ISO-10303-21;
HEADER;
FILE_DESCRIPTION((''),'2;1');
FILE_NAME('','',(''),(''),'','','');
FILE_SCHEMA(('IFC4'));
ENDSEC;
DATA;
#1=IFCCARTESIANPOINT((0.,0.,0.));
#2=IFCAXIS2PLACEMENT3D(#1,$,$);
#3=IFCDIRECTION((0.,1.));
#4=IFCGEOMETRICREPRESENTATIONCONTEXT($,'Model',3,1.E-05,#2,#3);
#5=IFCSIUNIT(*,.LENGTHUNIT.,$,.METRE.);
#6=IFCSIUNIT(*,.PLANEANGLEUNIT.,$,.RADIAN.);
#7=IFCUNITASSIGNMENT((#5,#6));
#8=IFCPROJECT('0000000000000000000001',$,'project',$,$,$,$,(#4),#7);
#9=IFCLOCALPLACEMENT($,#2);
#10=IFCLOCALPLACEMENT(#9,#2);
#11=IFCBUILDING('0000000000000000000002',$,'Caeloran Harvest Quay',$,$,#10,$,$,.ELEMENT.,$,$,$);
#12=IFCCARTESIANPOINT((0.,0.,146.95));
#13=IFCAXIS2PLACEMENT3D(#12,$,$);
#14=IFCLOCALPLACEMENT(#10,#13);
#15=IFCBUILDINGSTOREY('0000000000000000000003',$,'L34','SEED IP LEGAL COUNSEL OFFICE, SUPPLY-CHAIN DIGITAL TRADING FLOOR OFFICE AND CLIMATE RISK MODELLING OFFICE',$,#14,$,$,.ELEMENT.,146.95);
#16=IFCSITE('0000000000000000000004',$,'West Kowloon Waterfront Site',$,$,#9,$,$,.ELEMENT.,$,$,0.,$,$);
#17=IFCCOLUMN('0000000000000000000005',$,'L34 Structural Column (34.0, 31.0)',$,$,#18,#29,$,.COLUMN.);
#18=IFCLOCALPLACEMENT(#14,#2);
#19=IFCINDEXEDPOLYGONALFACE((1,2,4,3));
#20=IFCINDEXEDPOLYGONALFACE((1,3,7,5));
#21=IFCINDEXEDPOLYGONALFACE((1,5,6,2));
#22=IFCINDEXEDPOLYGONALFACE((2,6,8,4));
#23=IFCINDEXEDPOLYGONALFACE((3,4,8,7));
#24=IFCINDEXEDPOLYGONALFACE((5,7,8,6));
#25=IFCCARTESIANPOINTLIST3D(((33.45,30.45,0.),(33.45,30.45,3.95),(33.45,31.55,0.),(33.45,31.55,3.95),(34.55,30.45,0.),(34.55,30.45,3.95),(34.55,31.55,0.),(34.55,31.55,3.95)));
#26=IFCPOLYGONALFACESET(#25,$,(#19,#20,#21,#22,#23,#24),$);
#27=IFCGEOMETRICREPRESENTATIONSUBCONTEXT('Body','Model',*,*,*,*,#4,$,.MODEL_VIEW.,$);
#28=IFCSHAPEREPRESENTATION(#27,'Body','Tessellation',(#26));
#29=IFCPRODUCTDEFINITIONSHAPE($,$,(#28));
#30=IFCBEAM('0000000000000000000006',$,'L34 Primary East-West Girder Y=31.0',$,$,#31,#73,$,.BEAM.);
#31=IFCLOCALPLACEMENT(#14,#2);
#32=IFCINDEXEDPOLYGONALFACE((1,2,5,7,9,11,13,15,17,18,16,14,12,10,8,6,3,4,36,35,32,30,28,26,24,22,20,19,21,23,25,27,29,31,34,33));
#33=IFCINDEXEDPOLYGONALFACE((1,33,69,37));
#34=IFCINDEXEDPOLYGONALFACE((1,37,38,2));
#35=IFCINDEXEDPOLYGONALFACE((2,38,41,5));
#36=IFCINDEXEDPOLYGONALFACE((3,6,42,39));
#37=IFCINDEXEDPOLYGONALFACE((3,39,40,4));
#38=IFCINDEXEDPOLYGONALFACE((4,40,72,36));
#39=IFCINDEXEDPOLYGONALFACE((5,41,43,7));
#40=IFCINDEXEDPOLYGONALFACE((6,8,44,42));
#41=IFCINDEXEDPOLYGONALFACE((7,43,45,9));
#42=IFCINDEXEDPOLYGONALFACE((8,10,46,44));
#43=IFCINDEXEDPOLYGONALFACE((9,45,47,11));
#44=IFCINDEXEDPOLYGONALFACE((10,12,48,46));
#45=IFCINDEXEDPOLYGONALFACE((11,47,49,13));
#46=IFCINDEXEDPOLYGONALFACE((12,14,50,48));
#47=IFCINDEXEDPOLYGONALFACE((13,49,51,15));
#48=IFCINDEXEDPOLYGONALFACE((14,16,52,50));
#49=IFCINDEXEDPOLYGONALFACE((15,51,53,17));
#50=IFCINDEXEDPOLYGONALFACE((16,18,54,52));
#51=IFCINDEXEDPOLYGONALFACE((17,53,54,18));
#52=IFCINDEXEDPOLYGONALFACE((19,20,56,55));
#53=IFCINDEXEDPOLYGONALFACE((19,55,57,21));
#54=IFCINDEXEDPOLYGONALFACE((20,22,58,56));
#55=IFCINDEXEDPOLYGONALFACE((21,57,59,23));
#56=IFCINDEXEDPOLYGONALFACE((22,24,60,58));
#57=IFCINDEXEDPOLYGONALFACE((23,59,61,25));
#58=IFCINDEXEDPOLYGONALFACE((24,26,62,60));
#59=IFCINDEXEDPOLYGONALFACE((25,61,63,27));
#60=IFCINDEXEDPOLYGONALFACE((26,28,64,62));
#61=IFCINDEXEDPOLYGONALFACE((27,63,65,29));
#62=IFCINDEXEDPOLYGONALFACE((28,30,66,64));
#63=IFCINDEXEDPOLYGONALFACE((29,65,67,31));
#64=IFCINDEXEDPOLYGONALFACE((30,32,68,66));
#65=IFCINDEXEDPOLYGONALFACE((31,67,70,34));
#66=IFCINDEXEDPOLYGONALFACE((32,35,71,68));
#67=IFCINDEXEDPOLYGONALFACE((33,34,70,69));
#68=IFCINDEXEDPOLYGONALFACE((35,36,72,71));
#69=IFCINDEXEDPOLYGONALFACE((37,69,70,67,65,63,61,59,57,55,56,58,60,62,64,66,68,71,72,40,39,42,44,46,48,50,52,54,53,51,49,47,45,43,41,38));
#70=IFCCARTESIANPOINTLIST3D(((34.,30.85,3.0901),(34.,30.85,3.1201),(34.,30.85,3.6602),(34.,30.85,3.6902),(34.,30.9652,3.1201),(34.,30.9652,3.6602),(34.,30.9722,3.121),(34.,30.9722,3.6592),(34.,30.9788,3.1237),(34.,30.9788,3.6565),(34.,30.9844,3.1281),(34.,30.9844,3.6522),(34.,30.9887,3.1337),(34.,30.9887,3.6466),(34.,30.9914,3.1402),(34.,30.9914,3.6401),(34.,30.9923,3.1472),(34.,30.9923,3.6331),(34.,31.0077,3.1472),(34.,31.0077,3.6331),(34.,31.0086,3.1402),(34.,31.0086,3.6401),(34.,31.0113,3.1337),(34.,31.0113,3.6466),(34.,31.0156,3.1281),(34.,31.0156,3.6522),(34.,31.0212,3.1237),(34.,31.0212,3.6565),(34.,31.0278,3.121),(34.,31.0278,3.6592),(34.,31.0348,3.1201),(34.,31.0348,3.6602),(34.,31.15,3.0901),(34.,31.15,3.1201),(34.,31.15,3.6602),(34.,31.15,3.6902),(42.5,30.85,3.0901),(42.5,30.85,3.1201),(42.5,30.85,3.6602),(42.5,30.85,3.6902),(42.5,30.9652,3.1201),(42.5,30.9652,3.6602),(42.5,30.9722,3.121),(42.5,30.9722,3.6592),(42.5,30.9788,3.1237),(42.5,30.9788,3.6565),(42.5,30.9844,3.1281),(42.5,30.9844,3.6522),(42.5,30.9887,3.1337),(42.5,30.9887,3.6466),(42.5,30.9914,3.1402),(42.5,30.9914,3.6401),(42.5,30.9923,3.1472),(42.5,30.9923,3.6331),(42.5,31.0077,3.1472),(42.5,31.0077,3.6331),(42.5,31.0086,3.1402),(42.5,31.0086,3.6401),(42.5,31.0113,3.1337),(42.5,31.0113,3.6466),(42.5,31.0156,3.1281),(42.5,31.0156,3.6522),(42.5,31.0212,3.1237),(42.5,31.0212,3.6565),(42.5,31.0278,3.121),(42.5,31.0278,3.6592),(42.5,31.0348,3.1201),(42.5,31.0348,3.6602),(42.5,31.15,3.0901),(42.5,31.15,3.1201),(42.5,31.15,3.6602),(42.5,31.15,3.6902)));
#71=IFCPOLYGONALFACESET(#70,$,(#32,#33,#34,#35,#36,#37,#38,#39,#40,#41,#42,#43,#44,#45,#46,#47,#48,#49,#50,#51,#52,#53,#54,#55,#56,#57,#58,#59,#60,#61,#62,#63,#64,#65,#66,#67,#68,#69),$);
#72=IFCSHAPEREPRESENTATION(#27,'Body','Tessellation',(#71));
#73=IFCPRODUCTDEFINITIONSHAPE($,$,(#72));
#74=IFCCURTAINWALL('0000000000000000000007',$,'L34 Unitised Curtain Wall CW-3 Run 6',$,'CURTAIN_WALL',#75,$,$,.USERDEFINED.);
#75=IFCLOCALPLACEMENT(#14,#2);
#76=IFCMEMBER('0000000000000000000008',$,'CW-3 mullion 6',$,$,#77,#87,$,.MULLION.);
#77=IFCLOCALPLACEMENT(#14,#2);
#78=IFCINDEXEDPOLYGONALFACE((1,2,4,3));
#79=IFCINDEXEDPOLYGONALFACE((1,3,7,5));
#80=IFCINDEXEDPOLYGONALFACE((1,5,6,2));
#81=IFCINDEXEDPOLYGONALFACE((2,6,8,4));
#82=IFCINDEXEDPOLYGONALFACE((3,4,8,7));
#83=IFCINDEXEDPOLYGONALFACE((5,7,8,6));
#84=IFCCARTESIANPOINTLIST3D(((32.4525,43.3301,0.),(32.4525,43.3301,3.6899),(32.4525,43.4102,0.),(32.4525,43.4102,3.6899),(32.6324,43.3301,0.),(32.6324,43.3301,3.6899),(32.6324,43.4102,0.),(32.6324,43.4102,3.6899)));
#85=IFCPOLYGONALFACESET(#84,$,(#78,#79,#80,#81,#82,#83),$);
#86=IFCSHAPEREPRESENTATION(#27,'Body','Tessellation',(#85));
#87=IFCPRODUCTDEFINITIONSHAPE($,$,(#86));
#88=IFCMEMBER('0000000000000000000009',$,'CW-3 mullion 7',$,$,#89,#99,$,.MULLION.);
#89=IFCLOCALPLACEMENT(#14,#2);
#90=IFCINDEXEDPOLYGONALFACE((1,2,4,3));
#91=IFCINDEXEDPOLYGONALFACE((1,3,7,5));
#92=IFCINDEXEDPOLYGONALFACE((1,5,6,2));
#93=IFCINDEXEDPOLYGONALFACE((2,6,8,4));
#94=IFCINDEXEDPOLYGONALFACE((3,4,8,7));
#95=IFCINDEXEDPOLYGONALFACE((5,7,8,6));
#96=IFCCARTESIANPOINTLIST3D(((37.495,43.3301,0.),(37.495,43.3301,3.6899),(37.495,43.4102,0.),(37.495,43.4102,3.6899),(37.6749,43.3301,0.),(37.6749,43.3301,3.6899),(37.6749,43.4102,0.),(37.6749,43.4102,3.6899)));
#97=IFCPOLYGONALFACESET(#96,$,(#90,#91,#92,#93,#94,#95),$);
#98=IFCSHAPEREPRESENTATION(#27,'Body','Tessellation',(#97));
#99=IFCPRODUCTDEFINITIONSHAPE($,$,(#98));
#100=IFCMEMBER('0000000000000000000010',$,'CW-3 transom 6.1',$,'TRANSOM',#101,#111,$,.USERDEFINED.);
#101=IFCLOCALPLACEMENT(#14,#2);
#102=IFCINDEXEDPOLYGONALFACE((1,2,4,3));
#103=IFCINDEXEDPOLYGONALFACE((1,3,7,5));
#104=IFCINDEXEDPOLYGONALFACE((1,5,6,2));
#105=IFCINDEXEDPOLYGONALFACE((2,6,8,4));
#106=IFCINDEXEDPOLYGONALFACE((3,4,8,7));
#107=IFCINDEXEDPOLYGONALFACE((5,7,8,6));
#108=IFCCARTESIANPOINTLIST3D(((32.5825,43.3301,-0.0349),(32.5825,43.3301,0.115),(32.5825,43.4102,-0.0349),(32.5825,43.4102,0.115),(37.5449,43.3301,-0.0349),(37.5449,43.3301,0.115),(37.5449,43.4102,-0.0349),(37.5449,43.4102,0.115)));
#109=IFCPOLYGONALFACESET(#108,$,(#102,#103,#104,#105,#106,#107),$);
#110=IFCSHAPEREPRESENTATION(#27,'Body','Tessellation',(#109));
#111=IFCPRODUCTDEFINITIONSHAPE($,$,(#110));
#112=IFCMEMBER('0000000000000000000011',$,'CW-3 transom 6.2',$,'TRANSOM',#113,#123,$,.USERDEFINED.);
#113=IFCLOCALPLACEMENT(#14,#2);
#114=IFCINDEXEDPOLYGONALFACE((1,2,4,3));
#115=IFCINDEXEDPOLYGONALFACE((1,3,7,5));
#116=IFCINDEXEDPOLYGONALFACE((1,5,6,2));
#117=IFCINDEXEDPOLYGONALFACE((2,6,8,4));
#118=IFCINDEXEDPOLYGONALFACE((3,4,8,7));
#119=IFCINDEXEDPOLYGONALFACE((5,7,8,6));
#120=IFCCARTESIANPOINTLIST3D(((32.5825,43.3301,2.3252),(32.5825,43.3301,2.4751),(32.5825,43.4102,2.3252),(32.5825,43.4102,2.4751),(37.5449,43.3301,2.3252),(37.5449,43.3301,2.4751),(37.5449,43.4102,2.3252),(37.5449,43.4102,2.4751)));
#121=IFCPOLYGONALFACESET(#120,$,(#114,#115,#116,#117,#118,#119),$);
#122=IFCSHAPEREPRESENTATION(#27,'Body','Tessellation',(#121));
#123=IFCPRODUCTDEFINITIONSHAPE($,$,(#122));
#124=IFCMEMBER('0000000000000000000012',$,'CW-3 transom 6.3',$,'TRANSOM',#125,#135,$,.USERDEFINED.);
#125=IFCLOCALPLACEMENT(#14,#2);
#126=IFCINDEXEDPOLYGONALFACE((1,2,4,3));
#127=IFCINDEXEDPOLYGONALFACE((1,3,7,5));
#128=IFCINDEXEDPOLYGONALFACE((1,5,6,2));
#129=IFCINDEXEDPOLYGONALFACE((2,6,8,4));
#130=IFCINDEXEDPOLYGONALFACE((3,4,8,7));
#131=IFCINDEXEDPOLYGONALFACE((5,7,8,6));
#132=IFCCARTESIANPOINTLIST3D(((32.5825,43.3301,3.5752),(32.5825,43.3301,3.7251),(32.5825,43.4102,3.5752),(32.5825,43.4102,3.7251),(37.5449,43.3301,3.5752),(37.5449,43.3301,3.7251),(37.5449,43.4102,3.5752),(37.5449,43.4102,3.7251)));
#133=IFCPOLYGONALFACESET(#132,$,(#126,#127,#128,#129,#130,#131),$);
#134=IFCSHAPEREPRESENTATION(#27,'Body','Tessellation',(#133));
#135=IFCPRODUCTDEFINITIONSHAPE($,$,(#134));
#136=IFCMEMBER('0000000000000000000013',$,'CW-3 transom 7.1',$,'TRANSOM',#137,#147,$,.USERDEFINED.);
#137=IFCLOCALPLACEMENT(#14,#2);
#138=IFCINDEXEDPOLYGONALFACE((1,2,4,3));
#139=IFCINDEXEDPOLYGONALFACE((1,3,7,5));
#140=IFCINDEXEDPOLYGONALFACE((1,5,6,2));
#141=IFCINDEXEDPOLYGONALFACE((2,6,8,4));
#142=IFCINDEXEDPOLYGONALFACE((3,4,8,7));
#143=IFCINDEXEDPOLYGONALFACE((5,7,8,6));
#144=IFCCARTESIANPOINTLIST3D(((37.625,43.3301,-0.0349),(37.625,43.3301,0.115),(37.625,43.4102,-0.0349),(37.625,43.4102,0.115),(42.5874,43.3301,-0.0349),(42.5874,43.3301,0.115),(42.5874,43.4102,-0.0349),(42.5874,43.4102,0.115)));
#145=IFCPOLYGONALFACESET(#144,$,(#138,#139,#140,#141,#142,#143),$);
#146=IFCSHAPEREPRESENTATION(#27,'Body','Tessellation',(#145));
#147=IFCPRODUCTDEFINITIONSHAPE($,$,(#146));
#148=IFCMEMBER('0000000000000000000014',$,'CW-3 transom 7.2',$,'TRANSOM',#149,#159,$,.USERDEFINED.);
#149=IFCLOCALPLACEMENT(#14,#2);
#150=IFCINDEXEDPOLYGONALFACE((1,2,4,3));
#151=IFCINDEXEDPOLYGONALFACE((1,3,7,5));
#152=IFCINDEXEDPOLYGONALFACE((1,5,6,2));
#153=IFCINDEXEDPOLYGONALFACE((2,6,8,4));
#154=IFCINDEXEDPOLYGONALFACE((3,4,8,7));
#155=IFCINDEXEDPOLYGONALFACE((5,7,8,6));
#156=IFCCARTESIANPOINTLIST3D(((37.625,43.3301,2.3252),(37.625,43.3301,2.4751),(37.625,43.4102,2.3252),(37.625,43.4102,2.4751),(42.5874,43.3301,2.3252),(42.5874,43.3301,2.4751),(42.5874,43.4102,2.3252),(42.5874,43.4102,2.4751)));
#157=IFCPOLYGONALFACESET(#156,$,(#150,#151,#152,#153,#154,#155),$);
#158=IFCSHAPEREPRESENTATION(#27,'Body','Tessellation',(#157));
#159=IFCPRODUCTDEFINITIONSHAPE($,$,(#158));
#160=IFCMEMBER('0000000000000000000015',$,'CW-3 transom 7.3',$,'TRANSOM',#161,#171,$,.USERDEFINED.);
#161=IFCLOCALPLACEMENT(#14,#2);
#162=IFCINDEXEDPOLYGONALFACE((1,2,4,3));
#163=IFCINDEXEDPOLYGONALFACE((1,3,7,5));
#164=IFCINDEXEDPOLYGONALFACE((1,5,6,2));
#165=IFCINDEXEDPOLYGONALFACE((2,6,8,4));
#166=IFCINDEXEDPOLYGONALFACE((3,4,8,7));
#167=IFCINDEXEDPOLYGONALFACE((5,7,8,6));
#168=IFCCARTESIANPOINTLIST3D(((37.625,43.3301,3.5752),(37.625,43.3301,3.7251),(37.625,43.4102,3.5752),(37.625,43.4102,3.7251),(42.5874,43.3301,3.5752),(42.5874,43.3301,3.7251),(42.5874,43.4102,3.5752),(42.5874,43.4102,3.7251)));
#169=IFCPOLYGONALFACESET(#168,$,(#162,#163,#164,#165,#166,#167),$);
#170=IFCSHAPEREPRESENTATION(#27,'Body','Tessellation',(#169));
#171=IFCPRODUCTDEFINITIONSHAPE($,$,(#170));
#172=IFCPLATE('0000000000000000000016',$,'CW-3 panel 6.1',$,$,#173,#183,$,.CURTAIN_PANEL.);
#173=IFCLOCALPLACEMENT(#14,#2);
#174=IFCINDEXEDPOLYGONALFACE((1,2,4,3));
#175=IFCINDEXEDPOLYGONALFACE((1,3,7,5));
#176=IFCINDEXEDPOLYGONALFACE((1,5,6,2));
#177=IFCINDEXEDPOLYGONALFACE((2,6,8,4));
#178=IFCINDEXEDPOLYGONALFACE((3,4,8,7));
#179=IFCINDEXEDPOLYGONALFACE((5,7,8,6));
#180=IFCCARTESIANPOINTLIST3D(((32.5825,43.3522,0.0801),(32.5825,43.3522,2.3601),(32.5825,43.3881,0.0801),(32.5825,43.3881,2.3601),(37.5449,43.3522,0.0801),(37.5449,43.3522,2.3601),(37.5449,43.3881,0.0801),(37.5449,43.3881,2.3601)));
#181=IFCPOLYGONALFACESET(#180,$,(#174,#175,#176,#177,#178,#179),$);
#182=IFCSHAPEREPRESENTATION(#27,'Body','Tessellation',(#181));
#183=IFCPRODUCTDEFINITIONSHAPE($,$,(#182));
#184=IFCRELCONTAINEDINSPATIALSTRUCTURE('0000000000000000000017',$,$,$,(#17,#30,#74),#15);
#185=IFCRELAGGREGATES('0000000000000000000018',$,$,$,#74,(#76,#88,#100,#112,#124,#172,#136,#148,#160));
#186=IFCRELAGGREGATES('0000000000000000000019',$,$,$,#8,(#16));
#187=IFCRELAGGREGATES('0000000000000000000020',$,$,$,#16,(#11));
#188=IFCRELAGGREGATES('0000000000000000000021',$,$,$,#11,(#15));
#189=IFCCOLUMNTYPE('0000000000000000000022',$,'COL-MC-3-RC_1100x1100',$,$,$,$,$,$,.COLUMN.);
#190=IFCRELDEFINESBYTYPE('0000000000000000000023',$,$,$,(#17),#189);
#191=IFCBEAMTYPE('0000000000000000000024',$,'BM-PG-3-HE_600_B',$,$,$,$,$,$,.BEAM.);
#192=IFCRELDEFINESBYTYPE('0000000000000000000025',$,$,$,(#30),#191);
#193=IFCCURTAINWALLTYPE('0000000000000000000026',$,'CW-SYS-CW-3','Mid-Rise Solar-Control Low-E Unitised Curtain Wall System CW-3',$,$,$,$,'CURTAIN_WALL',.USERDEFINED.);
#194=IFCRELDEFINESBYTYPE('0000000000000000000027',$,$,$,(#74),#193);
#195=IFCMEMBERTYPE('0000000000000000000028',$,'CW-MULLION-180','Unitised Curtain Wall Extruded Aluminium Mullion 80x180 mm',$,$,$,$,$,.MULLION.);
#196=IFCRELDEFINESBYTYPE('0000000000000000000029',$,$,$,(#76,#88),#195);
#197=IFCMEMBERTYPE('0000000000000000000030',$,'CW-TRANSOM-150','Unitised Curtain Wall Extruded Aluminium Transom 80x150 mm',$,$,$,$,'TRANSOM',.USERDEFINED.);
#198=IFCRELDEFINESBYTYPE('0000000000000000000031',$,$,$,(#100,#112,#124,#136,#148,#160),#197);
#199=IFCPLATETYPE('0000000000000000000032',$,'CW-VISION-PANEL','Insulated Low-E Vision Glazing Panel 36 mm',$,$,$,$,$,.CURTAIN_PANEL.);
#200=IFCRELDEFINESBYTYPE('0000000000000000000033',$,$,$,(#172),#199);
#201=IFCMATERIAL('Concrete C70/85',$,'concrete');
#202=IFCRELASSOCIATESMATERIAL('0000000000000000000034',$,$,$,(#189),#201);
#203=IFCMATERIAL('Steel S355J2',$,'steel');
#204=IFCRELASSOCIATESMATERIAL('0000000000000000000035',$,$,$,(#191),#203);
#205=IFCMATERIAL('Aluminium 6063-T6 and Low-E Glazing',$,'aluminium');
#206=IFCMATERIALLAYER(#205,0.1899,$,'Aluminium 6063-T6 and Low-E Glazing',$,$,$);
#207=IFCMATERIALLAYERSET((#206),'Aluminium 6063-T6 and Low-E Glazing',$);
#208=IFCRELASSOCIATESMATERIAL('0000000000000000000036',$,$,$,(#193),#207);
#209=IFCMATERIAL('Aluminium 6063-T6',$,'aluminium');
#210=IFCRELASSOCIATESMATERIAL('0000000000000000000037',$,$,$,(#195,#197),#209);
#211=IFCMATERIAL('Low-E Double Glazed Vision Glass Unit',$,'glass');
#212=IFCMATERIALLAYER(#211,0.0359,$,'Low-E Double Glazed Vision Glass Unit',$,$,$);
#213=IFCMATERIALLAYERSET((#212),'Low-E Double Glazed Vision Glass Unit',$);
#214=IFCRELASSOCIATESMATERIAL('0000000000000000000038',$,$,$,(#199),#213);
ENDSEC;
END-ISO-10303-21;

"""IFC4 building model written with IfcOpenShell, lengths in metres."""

from ifc_helpers import new_model, si_unit, direction, frame, origin, origin_2d, place, context, subcontext, project, spatial, rectangle, i_section, extrude, material, layer, layer_set, material_profile, profile_set, type_object, element, aggregate, save


model = new_model("IFC4")

# Units and contexts
model_context = context("Model", 3, precision=1e-05, world=origin(), true_north=direction((0.0, 1.0)))
body_context = subcontext(model_context, "Body", "Model", "MODEL_VIEW")
ifc_project = project(units=[si_unit("LENGTHUNIT", "METRE"), si_unit("PLANEANGLEUNIT", "RADIAN")], contexts=[model_context])

# Site, building, storey
site_placement = place(None, origin())
site = spatial("IfcSite", under=ifc_project, at=site_placement, Name="West Kowloon Waterfront Site", CompositionType="ELEMENT", RefElevation=0.0)
building_placement = place(site_placement, origin())
building = spatial("IfcBuilding", under=site, at=building_placement, Name="Caeloran Harvest Quay", CompositionType="ELEMENT")
storey_placement = place(building_placement, frame((0.0, 0.0, 146.95)))
storey = spatial("IfcBuildingStorey", under=building, at=storey_placement, Name="L34", Description="SEED IP LEGAL COUNSEL OFFICE, SUPPLY-CHAIN DIGITAL TRADING FLOOR OFFICE AND CLIMATE RISK MODELLING OFFICE", CompositionType="ELEMENT", Elevation=146.95)

# Column
ifc_material_1 = material(Name="Concrete C70/85", Category="concrete")
ifc_material_profile_1 = material_profile(ifc_material_1, rectangle(XDim=1.1001, YDim=1.1001, at=origin_2d()), Name="RC 1100x1100")
ifc_profile_set_1 = profile_set([ifc_material_profile_1], Name="Concrete C70/85")
column_type = type_object("IfcColumnType", Name="COL-MC-3-RC_1100x1100", PredefinedType="COLUMN", material=ifc_profile_set_1)
column_placement = place(storey_placement, frame((34.0, 31.0, 0.0), z_axis=(0.0, 0.0, 1.0), x_axis=(1.0, 0.0, 0.0)))
element("IfcColumn", 1, at=column_placement, inside=storey, type_object=column_type, Name="L34 Structural Column (34.0, 31.0)", PredefinedType="COLUMN", context=body_context, shape_type="SweptSolid", body=[
    extrude(rectangle(XDim=1.1001, YDim=1.1001, at=origin_2d()), origin(), (0.0, 0.0, 1.0), 3.95),
])

# Beam
ifc_material_2 = material(Name="Steel S355J2", Category="steel")
ifc_material_profile_2 = material_profile(ifc_material_2, i_section(OverallWidth=0.3, OverallDepth=0.6001, WebThickness=0.0154, FlangeThickness=0.03, FilletRadius=0.0271, at=origin_2d()), Name="HE 600 B")
ifc_profile_set_2 = profile_set([ifc_material_profile_2], Name="Steel S355J2")
beam_type = type_object("IfcBeamType", Name="BM-PG-3-HE_600_B", PredefinedType="BEAM", material=ifc_profile_set_2)
beam_placement = place(storey_placement, frame((34.0, 31.0, 3.3901), z_axis=(1.0, 0.0, 0.0), x_axis=(0.0, 1.0, 0.0)))
element("IfcBeam", 2, at=beam_placement, inside=storey, type_object=beam_type, Name="L34 Primary East-West Girder Y=31.0", PredefinedType="BEAM", context=body_context, shape_type="SweptSolid", body=[
    extrude(i_section(OverallWidth=0.3, OverallDepth=0.6001, WebThickness=0.0154, FlangeThickness=0.03, FilletRadius=0.0271, at=origin_2d()), origin(), (0.0, 0.0, 1.0), 8.5),
])

# Curtain wall, members, plate
ifc_material_3 = material(Name="Aluminium 6063-T6 and Low-E Glazing", Category="aluminium")
ifc_layer_1 = layer(ifc_material_3, 0.1899, Name="Aluminium 6063-T6 and Low-E Glazing")
ifc_layer_set_1 = layer_set([ifc_layer_1], Name="Aluminium 6063-T6 and Low-E Glazing")
curtain_wall_type = type_object("IfcCurtainWallType", Name="CW-SYS-CW-3", Description="Mid-Rise Solar-Control Low-E Unitised Curtain Wall System CW-3", ElementType="CURTAIN_WALL", PredefinedType="USERDEFINED", material=ifc_layer_set_1)
curtain_wall_placement = place(storey_placement, origin())
curtain_wall = element("IfcCurtainWall", 3, at=curtain_wall_placement, inside=storey, type_object=curtain_wall_type, Name="L34 Unitised Curtain Wall CW-3 Run 6", ObjectType="CURTAIN_WALL", PredefinedType="USERDEFINED")
ifc_material_4 = material(Name="Aluminium 6063-T6", Category="aluminium")
ifc_material_profile_3 = material_profile(ifc_material_4, rectangle(XDim=0.0801, YDim=0.1799, at=origin_2d()), Name="CW-MULLION-180")
ifc_profile_set_3 = profile_set([ifc_material_profile_3], Name="Aluminium 6063-T6")
member_type_1 = type_object("IfcMemberType", Name="CW-MULLION-180", Description="Unitised Curtain Wall Extruded Aluminium Mullion 80x180 mm", PredefinedType="MULLION", material=ifc_profile_set_3)
member_1_placement = place(storey_placement, frame((32.5425, 43.3701, 0.0), z_axis=(0.0, 0.0, 1.0), x_axis=(0.0, 1.0, 0.0)))
member_1 = element("IfcMember", 4, at=member_1_placement, type_object=member_type_1, Name="CW-3 mullion 6", PredefinedType="MULLION", context=body_context, shape_type="SweptSolid", body=[
    extrude(rectangle(XDim=0.0801, YDim=0.1799, at=origin_2d()), origin(), (0.0, 0.0, 1.0), 3.6899),
])
member_2_placement = place(storey_placement, frame((37.585, 43.3701, 0.0), z_axis=(0.0, 0.0, 1.0), x_axis=(0.0, 1.0, 0.0)))
member_2 = element("IfcMember", 5, at=member_2_placement, type_object=member_type_1, Name="CW-3 mullion 7", PredefinedType="MULLION", context=body_context, shape_type="SweptSolid", body=[
    extrude(rectangle(XDim=0.0801, YDim=0.1799, at=origin_2d()), origin(), (0.0, 0.0, 1.0), 3.6899),
])
ifc_material_profile_4 = material_profile(ifc_material_4, rectangle(XDim=0.0801, YDim=0.1499, at=origin_2d()), Name="CW-TRANSOM-150")
ifc_profile_set_4 = profile_set([ifc_material_profile_4], Name="Aluminium 6063-T6")
member_type_2 = type_object("IfcMemberType", Name="CW-TRANSOM-150", Description="Unitised Curtain Wall Extruded Aluminium Transom 80x150 mm", ElementType="TRANSOM", PredefinedType="USERDEFINED", material=ifc_profile_set_4)
member_3_placement = place(storey_placement, frame((32.5825, 43.3701, 0.04), z_axis=(1.0, 0.0, 0.0), x_axis=(0.0, 1.0, 0.0)))
member_3 = element("IfcMember", 6, at=member_3_placement, type_object=member_type_2, Name="CW-3 transom 6.1", ObjectType="TRANSOM", PredefinedType="USERDEFINED", context=body_context, shape_type="SweptSolid", body=[
    extrude(rectangle(XDim=0.0801, YDim=0.1499, at=origin_2d()), origin(), (0.0, 0.0, 1.0), 4.9624),
])
member_4_placement = place(storey_placement, frame((32.5825, 43.3701, 2.4001), z_axis=(1.0, 0.0, 0.0), x_axis=(0.0, 1.0, 0.0)))
member_4 = element("IfcMember", 7, at=member_4_placement, type_object=member_type_2, Name="CW-3 transom 6.2", ObjectType="TRANSOM", PredefinedType="USERDEFINED", context=body_context, shape_type="SweptSolid", body=[
    extrude(rectangle(XDim=0.0801, YDim=0.1499, at=origin_2d()), origin(), (0.0, 0.0, 1.0), 4.9624),
])
member_5_placement = place(storey_placement, frame((32.5825, 43.3701, 3.6501), z_axis=(1.0, 0.0, 0.0), x_axis=(0.0, 1.0, 0.0)))
member_5 = element("IfcMember", 8, at=member_5_placement, type_object=member_type_2, Name="CW-3 transom 6.3", ObjectType="TRANSOM", PredefinedType="USERDEFINED", context=body_context, shape_type="SweptSolid", body=[
    extrude(rectangle(XDim=0.0801, YDim=0.1499, at=origin_2d()), origin(), (0.0, 0.0, 1.0), 4.9624),
])
member_6_placement = place(storey_placement, frame((37.625, 43.3701, 0.04), z_axis=(1.0, 0.0, 0.0), x_axis=(0.0, 1.0, 0.0)))
member_6 = element("IfcMember", 9, at=member_6_placement, type_object=member_type_2, Name="CW-3 transom 7.1", ObjectType="TRANSOM", PredefinedType="USERDEFINED", context=body_context, shape_type="SweptSolid", body=[
    extrude(rectangle(XDim=0.0801, YDim=0.1499, at=origin_2d()), origin(), (0.0, 0.0, 1.0), 4.9624),
])
member_7_placement = place(storey_placement, frame((37.625, 43.3701, 2.4001), z_axis=(1.0, 0.0, 0.0), x_axis=(0.0, 1.0, 0.0)))
member_7 = element("IfcMember", 10, at=member_7_placement, type_object=member_type_2, Name="CW-3 transom 7.2", ObjectType="TRANSOM", PredefinedType="USERDEFINED", context=body_context, shape_type="SweptSolid", body=[
    extrude(rectangle(XDim=0.0801, YDim=0.1499, at=origin_2d()), origin(), (0.0, 0.0, 1.0), 4.9624),
])
member_8_placement = place(storey_placement, frame((37.625, 43.3701, 3.6501), z_axis=(1.0, 0.0, 0.0), x_axis=(0.0, 1.0, 0.0)))
member_8 = element("IfcMember", 11, at=member_8_placement, type_object=member_type_2, Name="CW-3 transom 7.3", ObjectType="TRANSOM", PredefinedType="USERDEFINED", context=body_context, shape_type="SweptSolid", body=[
    extrude(rectangle(XDim=0.0801, YDim=0.1499, at=origin_2d()), origin(), (0.0, 0.0, 1.0), 4.9624),
])
ifc_material_5 = material(Name="Low-E Double Glazed Vision Glass Unit", Category="glass")
ifc_layer_2 = layer(ifc_material_5, 0.0359, Name="Low-E Double Glazed Vision Glass Unit")
ifc_layer_set_2 = layer_set([ifc_layer_2], Name="Low-E Double Glazed Vision Glass Unit")
plate_type = type_object("IfcPlateType", Name="CW-VISION-PANEL", Description="Insulated Low-E Vision Glazing Panel 36 mm", PredefinedType="CURTAIN_PANEL", material=ifc_layer_set_2)
plate_1_placement = place(storey_placement, frame((35.0637, 43.3701, 0.0801), z_axis=(0.0, 0.0, 1.0), x_axis=(1.0, 0.0, 0.0)))
plate_1 = element("IfcPlate", 12, at=plate_1_placement, type_object=plate_type, Name="CW-3 panel 6.1", PredefinedType="CURTAIN_PANEL", context=body_context, shape_type="SweptSolid", body=[
    extrude(rectangle(XDim=4.9624, YDim=0.0359, at=origin_2d()), origin(), (0.0, 0.0, 1.0), 2.28),
])
aggregate(curtain_wall, [member_1, member_2, member_3, member_4, member_5, plate_1, member_6, member_7, member_8])

save(model, "model.ifc")
